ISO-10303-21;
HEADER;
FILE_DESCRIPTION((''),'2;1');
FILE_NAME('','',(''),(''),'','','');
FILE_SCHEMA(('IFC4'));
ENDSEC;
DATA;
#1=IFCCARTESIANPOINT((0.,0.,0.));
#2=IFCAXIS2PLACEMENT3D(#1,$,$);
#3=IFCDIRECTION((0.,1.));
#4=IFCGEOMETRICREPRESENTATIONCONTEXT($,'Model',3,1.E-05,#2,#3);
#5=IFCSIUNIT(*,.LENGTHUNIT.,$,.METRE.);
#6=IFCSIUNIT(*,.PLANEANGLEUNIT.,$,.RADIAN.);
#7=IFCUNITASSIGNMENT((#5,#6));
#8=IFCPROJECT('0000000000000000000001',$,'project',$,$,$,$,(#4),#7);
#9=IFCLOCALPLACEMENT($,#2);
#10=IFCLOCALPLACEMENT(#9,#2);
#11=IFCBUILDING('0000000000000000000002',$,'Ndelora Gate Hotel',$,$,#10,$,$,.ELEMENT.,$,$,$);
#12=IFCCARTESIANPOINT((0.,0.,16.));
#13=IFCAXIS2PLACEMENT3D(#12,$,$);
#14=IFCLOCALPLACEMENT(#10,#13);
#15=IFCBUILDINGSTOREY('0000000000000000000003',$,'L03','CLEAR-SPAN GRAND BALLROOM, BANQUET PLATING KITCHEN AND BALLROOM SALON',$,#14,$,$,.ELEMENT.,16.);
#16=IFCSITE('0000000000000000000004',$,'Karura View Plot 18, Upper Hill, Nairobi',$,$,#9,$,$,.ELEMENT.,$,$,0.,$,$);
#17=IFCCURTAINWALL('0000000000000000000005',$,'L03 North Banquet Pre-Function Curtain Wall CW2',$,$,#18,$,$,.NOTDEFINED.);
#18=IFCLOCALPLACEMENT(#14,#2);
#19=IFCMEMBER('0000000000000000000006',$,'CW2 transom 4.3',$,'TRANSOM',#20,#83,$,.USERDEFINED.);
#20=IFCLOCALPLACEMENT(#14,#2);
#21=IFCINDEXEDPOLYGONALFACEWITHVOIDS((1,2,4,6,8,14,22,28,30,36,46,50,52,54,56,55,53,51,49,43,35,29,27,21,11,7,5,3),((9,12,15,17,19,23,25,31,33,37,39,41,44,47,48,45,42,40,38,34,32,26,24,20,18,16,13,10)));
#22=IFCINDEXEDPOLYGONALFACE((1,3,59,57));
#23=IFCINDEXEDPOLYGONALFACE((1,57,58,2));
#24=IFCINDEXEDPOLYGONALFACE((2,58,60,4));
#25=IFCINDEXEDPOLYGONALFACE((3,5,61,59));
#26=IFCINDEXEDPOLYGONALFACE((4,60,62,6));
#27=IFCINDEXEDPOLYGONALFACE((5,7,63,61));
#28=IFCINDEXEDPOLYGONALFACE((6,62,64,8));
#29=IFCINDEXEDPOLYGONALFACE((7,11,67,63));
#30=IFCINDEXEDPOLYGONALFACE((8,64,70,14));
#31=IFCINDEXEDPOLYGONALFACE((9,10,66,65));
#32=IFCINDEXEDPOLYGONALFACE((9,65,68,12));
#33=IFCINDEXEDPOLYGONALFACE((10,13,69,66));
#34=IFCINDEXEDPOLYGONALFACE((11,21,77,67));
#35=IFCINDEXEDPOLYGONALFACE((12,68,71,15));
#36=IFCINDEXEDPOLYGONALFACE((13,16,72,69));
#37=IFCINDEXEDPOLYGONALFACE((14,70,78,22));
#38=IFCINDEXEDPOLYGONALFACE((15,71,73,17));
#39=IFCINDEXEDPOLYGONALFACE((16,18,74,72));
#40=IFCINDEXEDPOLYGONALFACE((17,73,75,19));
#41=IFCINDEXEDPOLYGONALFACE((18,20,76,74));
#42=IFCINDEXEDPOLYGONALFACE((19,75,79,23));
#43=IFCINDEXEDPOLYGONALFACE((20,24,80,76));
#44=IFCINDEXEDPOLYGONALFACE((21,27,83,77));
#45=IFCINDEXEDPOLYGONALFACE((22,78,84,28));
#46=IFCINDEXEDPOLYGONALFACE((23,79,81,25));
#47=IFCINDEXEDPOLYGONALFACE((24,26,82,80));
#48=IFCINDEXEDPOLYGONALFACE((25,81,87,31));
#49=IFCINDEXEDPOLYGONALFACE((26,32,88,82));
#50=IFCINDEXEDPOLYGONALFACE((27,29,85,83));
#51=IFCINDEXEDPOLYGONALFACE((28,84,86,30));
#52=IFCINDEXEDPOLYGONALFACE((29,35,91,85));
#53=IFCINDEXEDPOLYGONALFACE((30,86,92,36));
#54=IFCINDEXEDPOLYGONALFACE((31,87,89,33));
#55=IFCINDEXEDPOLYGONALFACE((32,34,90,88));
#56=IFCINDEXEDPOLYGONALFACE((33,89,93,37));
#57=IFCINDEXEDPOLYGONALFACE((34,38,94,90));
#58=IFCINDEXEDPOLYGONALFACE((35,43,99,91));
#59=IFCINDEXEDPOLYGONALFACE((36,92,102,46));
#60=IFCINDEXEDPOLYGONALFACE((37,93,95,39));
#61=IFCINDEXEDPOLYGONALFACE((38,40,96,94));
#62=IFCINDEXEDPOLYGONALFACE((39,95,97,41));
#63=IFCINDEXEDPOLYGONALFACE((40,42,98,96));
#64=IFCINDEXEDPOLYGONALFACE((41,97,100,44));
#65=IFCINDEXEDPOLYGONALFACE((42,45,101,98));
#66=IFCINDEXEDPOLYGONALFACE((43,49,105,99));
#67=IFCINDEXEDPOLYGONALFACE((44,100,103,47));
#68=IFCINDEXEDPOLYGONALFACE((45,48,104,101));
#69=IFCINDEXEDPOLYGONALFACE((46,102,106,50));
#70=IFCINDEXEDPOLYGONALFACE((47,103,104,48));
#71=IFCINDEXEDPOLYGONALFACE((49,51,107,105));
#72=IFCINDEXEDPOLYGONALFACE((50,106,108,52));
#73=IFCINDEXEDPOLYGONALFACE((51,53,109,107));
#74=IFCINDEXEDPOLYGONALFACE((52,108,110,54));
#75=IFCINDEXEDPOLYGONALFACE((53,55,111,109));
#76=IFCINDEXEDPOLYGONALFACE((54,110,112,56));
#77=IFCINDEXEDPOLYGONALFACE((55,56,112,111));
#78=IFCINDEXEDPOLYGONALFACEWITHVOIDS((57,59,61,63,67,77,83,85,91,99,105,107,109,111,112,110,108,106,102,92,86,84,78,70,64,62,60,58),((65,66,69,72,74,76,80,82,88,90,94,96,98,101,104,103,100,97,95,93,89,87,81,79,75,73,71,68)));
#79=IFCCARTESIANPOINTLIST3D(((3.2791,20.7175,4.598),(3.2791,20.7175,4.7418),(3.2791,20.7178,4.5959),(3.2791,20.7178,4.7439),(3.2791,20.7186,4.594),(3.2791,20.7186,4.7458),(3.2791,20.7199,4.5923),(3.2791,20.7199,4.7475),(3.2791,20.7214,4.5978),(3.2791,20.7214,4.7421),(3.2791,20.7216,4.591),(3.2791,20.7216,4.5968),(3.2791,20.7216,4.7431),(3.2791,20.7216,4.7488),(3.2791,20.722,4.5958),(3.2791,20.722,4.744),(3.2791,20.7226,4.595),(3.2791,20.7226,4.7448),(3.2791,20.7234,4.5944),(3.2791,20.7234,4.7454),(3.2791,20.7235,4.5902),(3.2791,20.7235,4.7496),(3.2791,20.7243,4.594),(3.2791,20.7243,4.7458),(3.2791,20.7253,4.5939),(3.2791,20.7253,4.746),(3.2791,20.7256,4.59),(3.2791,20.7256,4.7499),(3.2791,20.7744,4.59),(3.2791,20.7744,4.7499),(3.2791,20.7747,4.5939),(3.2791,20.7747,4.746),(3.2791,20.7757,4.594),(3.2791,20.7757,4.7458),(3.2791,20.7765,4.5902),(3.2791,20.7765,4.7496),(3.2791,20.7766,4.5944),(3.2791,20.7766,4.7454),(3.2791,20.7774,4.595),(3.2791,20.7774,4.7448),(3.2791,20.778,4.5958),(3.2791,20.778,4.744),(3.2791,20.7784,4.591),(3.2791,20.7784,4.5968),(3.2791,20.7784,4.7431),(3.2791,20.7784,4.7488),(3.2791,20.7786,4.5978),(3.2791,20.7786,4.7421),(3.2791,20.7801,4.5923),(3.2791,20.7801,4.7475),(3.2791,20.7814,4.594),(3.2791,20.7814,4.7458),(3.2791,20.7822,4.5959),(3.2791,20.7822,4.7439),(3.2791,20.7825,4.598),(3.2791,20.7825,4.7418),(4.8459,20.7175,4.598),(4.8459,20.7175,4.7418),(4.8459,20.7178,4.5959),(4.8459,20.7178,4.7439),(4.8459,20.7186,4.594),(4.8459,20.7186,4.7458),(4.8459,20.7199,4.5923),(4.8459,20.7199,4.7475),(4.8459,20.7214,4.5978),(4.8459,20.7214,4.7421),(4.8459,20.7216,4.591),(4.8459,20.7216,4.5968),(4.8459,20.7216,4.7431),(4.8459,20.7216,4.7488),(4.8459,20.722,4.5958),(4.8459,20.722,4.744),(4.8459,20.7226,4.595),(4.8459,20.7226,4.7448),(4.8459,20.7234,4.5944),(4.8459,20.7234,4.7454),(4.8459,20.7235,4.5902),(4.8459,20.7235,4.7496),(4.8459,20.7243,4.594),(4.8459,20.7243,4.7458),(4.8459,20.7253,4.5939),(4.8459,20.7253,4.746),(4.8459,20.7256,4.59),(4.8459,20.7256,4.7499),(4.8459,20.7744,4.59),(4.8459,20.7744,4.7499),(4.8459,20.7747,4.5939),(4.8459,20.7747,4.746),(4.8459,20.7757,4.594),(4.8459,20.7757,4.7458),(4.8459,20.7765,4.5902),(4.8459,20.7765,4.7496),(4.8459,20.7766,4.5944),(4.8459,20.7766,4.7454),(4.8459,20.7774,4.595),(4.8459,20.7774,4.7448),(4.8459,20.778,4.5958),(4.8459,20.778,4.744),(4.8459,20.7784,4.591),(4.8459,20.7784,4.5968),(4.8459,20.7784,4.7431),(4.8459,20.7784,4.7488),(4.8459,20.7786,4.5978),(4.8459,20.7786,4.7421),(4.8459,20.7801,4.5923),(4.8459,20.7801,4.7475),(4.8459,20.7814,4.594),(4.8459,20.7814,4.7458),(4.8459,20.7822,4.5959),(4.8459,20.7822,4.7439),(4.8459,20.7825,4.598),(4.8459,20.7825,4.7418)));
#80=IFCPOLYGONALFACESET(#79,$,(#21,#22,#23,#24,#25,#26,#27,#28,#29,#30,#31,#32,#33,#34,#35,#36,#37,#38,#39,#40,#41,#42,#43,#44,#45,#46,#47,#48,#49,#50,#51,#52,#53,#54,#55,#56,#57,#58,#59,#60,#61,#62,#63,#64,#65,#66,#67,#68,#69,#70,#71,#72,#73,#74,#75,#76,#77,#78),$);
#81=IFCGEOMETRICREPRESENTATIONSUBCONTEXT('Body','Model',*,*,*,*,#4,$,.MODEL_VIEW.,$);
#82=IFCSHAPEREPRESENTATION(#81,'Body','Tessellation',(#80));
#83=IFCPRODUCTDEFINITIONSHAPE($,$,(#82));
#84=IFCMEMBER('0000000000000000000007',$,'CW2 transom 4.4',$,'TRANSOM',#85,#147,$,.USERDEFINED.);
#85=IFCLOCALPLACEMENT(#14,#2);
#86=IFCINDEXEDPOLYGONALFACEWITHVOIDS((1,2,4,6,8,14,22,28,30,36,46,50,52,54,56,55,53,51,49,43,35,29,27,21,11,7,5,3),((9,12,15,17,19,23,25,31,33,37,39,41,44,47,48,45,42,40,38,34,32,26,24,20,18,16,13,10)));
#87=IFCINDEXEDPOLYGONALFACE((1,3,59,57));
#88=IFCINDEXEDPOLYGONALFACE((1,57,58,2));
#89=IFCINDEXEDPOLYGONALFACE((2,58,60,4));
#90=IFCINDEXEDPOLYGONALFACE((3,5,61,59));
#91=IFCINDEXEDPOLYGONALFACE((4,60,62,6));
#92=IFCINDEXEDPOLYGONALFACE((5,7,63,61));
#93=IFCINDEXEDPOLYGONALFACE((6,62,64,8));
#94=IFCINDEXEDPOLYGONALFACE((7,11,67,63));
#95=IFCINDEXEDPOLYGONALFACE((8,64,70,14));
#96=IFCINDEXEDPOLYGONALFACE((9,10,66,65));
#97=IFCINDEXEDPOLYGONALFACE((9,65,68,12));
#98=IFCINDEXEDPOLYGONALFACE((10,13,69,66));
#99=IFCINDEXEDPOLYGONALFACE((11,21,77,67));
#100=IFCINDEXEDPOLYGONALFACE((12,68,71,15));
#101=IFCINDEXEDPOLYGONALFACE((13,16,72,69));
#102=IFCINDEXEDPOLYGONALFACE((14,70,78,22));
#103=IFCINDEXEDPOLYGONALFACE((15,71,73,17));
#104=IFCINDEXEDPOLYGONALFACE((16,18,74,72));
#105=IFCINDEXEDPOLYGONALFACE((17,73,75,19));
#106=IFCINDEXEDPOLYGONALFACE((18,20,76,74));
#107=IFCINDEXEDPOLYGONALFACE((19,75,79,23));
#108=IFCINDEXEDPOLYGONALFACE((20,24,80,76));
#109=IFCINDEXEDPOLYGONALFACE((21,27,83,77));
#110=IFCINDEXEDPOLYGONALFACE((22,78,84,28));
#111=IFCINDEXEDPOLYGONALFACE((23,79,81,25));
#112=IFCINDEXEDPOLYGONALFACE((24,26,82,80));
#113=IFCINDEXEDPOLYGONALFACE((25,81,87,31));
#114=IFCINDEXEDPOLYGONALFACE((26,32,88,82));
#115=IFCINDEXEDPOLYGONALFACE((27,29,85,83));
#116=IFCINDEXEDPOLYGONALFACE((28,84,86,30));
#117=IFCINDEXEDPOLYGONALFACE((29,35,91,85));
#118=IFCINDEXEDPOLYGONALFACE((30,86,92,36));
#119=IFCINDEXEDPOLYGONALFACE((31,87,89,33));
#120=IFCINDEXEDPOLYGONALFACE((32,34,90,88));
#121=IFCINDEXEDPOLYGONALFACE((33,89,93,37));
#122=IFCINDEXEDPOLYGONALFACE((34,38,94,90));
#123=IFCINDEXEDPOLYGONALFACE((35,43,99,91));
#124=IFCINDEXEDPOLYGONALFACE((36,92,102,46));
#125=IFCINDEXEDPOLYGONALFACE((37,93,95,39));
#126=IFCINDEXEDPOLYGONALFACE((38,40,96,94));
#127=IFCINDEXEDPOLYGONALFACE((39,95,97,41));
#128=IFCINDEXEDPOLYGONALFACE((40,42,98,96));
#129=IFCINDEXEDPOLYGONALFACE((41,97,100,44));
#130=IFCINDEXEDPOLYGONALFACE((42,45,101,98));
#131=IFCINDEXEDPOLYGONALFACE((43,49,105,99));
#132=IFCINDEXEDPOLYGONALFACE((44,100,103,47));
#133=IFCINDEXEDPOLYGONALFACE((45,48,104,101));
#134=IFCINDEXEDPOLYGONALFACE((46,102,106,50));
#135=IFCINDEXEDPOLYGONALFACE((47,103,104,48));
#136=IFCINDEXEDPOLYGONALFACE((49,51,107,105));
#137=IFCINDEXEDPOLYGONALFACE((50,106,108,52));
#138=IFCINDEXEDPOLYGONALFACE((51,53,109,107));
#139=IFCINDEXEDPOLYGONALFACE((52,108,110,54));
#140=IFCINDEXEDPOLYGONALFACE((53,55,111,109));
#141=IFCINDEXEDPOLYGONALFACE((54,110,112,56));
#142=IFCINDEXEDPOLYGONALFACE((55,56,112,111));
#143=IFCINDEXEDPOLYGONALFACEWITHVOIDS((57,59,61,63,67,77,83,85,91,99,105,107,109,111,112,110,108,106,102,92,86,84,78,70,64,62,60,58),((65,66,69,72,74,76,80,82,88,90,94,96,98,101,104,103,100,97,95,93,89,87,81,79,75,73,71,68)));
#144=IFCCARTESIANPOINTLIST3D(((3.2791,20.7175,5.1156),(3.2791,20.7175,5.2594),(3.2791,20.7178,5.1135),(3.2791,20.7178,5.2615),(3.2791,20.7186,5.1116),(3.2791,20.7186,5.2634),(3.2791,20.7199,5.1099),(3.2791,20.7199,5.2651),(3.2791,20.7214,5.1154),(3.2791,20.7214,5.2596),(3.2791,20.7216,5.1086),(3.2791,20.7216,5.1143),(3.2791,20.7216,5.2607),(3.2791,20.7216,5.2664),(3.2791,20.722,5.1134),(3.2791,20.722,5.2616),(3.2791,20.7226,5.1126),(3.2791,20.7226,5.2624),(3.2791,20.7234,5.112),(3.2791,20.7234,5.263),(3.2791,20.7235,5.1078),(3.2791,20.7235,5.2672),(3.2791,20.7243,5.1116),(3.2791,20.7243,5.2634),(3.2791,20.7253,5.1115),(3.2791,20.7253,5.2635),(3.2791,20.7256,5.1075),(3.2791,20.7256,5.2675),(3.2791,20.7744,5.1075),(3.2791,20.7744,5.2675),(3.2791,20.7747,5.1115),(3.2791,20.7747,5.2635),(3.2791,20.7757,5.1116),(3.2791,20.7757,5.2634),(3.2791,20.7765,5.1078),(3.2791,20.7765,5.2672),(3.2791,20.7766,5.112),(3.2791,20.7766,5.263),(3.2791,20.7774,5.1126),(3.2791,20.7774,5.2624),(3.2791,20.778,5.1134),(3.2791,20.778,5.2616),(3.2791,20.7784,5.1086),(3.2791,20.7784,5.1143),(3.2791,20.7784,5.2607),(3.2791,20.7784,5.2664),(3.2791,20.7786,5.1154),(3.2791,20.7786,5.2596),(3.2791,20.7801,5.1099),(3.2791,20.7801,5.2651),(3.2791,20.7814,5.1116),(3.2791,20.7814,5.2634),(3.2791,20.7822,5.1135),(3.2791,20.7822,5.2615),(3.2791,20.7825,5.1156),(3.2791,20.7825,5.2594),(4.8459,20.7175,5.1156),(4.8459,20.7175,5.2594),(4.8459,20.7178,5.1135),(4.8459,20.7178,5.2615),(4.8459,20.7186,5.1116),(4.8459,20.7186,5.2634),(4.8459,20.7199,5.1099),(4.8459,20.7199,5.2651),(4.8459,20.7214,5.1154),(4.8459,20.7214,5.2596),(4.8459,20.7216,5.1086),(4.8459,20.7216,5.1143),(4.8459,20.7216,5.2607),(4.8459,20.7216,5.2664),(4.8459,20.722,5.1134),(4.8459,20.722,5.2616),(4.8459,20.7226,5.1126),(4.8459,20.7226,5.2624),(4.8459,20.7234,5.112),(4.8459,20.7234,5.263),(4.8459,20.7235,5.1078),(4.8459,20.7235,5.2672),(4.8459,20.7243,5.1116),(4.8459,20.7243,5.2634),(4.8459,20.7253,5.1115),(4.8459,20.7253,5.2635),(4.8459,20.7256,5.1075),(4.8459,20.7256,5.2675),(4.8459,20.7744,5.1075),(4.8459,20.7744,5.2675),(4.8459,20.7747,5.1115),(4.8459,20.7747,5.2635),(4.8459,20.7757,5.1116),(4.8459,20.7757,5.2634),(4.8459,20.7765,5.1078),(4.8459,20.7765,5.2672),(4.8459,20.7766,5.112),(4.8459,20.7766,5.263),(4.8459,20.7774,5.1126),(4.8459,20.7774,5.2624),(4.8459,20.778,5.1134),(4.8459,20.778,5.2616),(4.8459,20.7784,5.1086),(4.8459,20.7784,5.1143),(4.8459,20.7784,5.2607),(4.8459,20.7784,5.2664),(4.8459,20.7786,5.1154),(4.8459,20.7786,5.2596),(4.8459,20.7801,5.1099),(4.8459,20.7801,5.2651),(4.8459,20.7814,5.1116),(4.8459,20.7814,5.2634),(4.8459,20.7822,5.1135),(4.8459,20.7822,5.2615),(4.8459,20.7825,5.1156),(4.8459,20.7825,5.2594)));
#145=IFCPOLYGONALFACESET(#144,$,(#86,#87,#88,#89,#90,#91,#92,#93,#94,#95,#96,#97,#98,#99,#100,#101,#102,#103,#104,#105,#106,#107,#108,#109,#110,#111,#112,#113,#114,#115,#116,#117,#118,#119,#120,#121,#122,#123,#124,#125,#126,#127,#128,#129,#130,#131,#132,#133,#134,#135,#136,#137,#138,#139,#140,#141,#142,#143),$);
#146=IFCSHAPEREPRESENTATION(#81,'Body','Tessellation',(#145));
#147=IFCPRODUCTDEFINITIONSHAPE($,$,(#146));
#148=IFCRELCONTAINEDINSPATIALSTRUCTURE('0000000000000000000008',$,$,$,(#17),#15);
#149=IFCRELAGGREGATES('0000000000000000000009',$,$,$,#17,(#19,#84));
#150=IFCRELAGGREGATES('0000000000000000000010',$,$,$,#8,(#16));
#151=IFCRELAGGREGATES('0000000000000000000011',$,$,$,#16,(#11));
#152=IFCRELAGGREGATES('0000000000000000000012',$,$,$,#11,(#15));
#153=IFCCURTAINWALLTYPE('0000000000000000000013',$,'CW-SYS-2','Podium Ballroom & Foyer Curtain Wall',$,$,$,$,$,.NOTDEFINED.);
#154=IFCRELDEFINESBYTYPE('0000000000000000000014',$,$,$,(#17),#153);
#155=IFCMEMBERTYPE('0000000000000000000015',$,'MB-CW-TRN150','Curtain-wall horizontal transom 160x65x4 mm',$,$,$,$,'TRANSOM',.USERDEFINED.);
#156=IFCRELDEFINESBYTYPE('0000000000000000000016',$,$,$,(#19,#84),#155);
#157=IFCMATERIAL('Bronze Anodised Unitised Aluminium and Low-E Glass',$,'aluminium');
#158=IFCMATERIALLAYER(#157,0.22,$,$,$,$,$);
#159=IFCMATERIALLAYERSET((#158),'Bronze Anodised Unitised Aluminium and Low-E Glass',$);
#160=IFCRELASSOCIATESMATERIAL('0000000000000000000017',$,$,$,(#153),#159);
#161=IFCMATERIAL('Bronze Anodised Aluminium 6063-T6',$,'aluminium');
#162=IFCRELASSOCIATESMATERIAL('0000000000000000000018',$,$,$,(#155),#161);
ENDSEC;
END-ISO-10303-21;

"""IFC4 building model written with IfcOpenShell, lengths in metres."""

from ifc_helpers import new_model, si_unit, direction, frame, origin, origin_2d, place, context, subcontext, project, spatial, hollow_rectangle, extrude, material, layer, layer_set, material_profile, profile_set, type_object, element, aggregate, save


model = new_model("IFC4")

# Units and contexts
model_context = context("Model", 3, precision=1e-05, world=origin(), true_north=direction((0.0, 1.0)))
body_context = subcontext(model_context, "Body", "Model", "MODEL_VIEW")
ifc_project = project(units=[si_unit("LENGTHUNIT", "METRE"), si_unit("PLANEANGLEUNIT", "RADIAN")], contexts=[model_context])

# Site, building, storey
site_placement = place(None, origin())
site = spatial("IfcSite", under=ifc_project, at=site_placement, Name="Karura View Plot 18, Upper Hill, Nairobi", CompositionType="ELEMENT", RefElevation=0.0)
building_placement = place(site_placement, origin())
building = spatial("IfcBuilding", under=site, at=building_placement, Name="Ndelora Gate Hotel", CompositionType="ELEMENT")
storey_placement = place(building_placement, frame((0.0, 0.0, 16.0)))
storey = spatial("IfcBuildingStorey", under=building, at=storey_placement, Name="L03", Description="CLEAR-SPAN GRAND BALLROOM, BANQUET PLATING KITCHEN AND BALLROOM SALON", CompositionType="ELEMENT", Elevation=16.0)

# Curtain wall, members
ifc_material_1 = material(Name="Bronze Anodised Unitised Aluminium and Low-E Glass", Category="aluminium")
ifc_layer_1 = layer(ifc_material_1, 0.22)
ifc_layer_set_1 = layer_set([ifc_layer_1], Name="Bronze Anodised Unitised Aluminium and Low-E Glass")
curtain_wall_type = type_object("IfcCurtainWallType", Name="CW-SYS-2", Description="Podium Ballroom & Foyer Curtain Wall", PredefinedType="NOTDEFINED", material=ifc_layer_set_1)
curtain_wall_placement = place(storey_placement, origin())
curtain_wall = element("IfcCurtainWall", 1, at=curtain_wall_placement, inside=storey, type_object=curtain_wall_type, Name="L03 North Banquet Pre-Function Curtain Wall CW2", PredefinedType="NOTDEFINED")
ifc_material_2 = material(Name="Bronze Anodised Aluminium 6063-T6", Category="aluminium")
ifc_material_profile_1 = material_profile(ifc_material_2, hollow_rectangle(XDim=0.0649, YDim=0.1599, WallThickness=0.0039, InnerFilletRadius=0.0039, OuterFilletRadius=0.0081, at=origin_2d()), Name="ALU 160x65x4")
ifc_profile_set_1 = profile_set([ifc_material_profile_1], Name="Bronze Anodised Aluminium 6063-T6")
member_type_1 = type_object("IfcMemberType", Name="MB-CW-TRN150", Description="Curtain-wall horizontal transom 160x65x4 mm", ElementType="TRANSOM", PredefinedType="USERDEFINED", material=ifc_profile_set_1)
member_1_placement = place(storey_placement, frame((4.8459, 20.75, 4.6699), z_axis=(-1.0, 0.0, 0.0), x_axis=(0.0, -1.0, 0.0)))
member_1 = element("IfcMember", 2, at=member_1_placement, type_object=member_type_1, Name="CW2 transom 4.3", ObjectType="TRANSOM", PredefinedType="USERDEFINED", context=body_context, shape_type="SweptSolid", body=[
    extrude(hollow_rectangle(XDim=0.0649, YDim=0.1599, WallThickness=0.0039, InnerFilletRadius=0.0039, OuterFilletRadius=0.0081, at=origin_2d()), origin(), (0.0, 0.0, 1.0), 1.5669),
])
member_2_placement = place(storey_placement, frame((4.8459, 20.75, 5.1875), z_axis=(-1.0, 0.0, 0.0), x_axis=(0.0, -1.0, 0.0)))
member_2 = element("IfcMember", 3, at=member_2_placement, type_object=member_type_1, Name="CW2 transom 4.4", ObjectType="TRANSOM", PredefinedType="USERDEFINED", context=body_context, shape_type="SweptSolid", body=[
    extrude(hollow_rectangle(XDim=0.0649, YDim=0.1599, WallThickness=0.0039, InnerFilletRadius=0.0039, OuterFilletRadius=0.0081, at=origin_2d()), origin(), (0.0, 0.0, 1.0), 1.5669),
])
aggregate(curtain_wall, [member_1, member_2])

save(model, "model.ifc")
